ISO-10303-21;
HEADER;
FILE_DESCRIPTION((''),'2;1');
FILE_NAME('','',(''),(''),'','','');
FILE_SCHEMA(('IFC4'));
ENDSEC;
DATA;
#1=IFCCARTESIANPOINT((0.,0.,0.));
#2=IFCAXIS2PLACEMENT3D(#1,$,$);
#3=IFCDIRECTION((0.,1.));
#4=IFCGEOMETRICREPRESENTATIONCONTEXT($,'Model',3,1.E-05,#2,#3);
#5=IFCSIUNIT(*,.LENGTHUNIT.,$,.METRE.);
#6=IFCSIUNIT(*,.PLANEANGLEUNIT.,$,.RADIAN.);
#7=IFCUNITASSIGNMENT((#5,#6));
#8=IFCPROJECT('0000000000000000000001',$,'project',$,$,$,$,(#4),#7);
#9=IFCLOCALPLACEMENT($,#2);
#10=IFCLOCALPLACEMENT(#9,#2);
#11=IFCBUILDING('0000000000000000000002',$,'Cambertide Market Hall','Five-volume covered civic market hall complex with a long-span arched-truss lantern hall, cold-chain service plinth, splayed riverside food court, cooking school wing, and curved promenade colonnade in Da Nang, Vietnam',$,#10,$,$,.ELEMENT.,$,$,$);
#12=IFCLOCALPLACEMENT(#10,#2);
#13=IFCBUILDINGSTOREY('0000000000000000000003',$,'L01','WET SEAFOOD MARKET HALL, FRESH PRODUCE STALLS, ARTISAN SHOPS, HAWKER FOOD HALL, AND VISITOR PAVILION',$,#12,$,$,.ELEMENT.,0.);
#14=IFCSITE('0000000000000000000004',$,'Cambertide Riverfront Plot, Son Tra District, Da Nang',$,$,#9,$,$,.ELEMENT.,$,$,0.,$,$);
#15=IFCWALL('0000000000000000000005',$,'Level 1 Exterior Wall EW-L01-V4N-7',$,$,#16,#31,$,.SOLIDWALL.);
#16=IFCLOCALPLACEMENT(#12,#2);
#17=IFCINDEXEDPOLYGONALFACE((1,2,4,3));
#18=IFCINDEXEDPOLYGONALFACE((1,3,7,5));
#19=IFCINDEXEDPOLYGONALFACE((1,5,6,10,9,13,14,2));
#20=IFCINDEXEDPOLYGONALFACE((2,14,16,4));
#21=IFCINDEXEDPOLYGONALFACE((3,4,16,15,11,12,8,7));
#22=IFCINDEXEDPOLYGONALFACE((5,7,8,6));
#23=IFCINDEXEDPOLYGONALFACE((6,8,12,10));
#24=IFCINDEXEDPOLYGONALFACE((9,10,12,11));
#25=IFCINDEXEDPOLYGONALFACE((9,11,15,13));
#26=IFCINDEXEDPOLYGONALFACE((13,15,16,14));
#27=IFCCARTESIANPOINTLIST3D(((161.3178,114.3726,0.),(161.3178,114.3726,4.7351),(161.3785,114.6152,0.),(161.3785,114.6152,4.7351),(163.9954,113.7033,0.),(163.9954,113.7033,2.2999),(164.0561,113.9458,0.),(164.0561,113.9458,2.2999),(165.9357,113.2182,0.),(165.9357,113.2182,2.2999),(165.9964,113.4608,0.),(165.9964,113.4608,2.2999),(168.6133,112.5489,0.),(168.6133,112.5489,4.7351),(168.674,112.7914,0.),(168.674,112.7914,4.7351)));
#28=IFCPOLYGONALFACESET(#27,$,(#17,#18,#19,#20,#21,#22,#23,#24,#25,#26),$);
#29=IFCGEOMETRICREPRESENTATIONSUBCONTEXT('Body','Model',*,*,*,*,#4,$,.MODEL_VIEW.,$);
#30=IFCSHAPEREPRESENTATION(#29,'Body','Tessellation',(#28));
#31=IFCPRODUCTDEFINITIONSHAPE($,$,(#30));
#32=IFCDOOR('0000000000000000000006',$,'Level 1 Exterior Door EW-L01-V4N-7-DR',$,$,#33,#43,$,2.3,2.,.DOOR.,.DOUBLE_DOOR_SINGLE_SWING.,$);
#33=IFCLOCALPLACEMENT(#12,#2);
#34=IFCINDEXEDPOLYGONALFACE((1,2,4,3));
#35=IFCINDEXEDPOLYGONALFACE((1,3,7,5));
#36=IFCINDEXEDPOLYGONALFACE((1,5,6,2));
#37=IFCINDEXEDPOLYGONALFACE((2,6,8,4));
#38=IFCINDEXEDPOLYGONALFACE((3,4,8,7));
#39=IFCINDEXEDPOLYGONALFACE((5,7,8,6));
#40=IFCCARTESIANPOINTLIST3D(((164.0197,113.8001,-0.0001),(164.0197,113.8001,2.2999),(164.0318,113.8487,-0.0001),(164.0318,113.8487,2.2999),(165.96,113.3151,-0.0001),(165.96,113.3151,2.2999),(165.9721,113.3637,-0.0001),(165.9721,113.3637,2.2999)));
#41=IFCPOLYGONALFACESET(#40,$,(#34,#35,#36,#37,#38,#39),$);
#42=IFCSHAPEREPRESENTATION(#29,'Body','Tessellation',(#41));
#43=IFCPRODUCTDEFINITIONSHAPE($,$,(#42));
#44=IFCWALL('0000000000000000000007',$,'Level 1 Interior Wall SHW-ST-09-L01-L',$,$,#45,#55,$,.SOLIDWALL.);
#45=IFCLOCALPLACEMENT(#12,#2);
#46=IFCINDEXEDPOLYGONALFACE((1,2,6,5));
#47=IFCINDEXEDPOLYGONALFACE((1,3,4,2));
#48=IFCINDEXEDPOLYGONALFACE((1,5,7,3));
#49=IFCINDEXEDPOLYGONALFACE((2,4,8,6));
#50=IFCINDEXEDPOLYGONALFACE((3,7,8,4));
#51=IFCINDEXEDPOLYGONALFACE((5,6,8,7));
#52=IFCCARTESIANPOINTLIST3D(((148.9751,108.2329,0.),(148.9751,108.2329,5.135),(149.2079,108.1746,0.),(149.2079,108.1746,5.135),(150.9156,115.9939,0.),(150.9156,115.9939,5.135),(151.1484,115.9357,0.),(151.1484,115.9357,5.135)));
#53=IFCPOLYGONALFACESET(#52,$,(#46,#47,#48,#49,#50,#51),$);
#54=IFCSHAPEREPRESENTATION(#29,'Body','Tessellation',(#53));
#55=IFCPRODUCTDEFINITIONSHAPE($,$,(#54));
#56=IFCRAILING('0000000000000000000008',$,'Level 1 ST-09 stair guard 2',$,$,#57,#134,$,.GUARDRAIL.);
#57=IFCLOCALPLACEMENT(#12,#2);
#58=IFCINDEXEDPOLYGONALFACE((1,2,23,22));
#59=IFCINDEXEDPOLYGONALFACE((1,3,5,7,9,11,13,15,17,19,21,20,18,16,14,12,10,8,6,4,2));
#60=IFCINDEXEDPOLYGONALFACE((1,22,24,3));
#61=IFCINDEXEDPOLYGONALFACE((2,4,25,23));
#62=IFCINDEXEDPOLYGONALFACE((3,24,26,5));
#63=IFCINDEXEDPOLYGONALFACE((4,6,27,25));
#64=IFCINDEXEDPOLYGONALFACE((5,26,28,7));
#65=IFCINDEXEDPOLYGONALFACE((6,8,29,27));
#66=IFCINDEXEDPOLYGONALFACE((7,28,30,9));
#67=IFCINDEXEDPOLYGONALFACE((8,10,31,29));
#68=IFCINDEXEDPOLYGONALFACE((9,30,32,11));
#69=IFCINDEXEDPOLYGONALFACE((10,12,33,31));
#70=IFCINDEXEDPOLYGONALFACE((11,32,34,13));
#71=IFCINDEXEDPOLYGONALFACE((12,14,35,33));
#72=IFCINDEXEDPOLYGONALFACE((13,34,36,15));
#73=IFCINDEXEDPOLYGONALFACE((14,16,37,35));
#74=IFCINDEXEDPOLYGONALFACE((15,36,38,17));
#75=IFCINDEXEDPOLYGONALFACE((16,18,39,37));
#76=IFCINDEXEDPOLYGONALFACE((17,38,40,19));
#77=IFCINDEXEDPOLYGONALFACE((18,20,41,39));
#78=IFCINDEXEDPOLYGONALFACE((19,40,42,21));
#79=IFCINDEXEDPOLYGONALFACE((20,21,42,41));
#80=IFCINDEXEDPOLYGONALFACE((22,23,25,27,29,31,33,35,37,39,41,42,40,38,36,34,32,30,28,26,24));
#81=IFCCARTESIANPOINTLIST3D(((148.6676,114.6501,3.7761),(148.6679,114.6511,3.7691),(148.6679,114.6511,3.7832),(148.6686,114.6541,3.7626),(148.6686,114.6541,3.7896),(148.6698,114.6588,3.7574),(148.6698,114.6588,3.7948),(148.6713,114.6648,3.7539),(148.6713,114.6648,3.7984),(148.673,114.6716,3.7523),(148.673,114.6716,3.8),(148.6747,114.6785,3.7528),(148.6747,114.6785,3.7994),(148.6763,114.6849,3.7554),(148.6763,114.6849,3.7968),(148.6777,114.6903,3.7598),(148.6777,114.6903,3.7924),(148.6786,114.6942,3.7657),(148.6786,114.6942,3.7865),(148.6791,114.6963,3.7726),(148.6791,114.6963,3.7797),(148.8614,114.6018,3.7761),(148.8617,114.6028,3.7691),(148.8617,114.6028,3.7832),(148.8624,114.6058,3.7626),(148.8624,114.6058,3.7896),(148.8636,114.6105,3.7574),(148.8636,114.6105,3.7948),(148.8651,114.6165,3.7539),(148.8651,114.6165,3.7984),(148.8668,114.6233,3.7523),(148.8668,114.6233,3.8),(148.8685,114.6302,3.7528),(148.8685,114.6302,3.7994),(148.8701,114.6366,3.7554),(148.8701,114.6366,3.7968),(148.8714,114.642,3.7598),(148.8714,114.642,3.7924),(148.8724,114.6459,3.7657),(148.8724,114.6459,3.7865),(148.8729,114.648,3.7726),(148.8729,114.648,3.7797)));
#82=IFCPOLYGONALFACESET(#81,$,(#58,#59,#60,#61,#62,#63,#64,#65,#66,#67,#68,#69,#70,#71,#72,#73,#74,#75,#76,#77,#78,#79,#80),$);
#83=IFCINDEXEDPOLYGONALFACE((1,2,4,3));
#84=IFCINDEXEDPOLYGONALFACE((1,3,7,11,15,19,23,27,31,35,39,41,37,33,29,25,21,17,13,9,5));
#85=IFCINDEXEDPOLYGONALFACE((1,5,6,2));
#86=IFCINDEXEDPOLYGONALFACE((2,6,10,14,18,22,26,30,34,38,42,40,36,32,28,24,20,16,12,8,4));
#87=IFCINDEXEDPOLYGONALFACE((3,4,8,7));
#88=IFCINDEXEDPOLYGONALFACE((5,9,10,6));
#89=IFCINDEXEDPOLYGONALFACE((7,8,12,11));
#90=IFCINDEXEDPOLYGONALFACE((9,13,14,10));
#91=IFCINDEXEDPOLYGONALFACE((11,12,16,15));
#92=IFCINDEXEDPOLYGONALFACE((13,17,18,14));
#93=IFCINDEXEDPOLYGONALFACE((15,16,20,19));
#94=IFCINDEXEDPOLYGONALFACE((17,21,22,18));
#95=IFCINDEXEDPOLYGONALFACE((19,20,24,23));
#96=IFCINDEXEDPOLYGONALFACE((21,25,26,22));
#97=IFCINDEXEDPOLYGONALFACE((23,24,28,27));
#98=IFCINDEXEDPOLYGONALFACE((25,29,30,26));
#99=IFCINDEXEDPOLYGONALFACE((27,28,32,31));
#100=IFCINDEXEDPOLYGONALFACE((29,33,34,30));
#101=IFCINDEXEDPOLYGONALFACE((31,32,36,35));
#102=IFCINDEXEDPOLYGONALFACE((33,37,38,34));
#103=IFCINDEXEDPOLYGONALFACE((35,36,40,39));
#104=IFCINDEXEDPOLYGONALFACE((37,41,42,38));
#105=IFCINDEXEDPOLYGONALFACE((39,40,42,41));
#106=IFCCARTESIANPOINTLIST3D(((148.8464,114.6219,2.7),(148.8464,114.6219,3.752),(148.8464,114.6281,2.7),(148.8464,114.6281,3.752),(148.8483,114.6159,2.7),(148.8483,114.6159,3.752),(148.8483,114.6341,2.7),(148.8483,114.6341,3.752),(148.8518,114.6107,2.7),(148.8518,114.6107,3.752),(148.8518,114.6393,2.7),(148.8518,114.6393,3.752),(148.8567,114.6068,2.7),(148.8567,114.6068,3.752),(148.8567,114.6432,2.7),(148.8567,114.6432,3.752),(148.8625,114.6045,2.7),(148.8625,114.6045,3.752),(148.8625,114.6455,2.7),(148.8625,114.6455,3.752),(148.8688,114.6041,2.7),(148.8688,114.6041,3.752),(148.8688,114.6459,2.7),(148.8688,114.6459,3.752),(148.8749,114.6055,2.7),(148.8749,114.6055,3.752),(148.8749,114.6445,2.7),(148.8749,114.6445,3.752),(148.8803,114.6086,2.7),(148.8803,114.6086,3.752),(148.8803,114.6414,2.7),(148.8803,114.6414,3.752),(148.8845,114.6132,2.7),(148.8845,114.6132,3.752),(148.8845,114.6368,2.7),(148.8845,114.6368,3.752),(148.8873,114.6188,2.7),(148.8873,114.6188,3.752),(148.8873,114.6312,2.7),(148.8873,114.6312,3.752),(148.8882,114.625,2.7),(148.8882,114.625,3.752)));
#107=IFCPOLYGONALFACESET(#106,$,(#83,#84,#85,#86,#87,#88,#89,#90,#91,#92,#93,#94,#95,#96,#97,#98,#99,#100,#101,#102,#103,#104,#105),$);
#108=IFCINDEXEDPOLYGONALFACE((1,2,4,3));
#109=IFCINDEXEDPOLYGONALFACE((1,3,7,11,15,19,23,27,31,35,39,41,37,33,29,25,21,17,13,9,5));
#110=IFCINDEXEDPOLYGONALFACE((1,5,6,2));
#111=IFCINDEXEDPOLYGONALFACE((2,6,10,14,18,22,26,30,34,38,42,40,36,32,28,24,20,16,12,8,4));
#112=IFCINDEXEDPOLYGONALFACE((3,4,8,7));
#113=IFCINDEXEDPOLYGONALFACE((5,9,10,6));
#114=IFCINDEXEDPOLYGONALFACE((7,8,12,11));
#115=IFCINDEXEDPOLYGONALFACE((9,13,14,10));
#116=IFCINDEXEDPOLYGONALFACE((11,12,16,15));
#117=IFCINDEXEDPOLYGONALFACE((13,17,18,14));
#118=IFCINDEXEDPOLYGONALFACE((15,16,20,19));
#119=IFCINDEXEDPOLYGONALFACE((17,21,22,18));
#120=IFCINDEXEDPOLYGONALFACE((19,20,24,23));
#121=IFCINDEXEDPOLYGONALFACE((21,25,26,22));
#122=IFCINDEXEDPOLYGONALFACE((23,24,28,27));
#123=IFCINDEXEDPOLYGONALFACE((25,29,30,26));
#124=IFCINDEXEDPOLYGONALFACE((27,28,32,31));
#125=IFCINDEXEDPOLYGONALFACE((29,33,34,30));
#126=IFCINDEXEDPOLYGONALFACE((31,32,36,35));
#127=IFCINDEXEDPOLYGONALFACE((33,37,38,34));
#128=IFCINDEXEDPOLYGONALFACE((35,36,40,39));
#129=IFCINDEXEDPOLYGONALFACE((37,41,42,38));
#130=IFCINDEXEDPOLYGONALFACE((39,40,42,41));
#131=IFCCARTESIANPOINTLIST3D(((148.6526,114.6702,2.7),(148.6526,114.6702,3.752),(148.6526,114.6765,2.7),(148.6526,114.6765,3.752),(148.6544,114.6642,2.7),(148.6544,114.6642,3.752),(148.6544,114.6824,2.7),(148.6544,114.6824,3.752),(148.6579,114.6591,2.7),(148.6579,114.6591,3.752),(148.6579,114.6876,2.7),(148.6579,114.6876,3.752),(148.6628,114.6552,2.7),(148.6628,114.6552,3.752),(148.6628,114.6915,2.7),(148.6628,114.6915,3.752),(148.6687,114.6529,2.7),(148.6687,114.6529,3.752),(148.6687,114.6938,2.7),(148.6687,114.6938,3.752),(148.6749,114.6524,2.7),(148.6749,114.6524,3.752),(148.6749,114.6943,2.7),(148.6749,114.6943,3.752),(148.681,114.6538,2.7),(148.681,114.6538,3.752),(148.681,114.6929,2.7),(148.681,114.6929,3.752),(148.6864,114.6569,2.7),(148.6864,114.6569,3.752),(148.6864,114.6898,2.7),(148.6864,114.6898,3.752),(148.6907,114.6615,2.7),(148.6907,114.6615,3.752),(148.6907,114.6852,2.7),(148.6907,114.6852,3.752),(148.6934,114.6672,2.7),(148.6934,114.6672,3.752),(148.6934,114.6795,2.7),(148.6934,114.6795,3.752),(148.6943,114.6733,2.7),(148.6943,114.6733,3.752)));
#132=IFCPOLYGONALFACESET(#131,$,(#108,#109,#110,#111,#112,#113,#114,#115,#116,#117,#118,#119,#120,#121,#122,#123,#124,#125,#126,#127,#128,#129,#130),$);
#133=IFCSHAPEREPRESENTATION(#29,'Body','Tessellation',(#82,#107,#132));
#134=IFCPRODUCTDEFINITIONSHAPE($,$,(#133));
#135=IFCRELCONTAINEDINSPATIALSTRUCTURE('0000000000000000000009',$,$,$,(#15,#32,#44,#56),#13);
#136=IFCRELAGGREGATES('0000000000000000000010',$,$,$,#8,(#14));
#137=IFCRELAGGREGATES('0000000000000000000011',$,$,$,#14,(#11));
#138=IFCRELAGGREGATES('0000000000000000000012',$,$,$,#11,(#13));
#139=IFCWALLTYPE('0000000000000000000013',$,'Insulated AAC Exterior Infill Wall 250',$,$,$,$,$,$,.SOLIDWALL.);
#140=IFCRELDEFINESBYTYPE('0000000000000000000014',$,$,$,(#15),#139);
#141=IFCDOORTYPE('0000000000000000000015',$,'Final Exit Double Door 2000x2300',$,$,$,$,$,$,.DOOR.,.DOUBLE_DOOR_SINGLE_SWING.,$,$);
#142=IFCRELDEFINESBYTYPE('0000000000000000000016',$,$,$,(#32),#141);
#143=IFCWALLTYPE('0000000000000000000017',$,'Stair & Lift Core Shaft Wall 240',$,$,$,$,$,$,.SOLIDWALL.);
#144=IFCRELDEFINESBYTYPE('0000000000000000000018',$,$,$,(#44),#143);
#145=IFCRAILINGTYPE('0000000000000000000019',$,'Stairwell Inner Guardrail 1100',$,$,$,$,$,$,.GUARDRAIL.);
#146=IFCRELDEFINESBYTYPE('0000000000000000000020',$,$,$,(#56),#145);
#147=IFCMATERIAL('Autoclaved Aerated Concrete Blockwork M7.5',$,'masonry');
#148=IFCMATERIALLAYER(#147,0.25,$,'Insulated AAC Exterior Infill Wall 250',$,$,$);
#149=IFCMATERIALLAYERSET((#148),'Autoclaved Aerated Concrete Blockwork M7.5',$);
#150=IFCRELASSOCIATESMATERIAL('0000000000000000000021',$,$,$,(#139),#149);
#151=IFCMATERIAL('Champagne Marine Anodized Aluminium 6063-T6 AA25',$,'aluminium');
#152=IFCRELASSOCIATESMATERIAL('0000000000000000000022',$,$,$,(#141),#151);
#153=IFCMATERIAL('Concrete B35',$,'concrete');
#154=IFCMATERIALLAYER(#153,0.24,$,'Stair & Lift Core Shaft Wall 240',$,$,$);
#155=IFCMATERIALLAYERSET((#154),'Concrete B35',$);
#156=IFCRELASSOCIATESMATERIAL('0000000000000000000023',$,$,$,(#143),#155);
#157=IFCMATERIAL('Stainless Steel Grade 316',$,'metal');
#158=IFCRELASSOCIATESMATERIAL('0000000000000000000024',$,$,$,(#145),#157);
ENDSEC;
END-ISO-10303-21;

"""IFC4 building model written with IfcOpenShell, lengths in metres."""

from ifc_helpers import new_model, si_unit, direction, frame, frame_2d, origin, origin_2d, place, context, subcontext, project, spatial, rectangle, circle, extrude, material, layer, layer_set, type_object, element, fill, save


model = new_model("IFC4")

# Units and contexts
model_context = context("Model", 3, precision=1e-05, world=origin(), true_north=direction((0.0, 1.0)))
body_context = subcontext(model_context, "Body", "Model", "MODEL_VIEW")
ifc_project = project(units=[si_unit("LENGTHUNIT", "METRE"), si_unit("PLANEANGLEUNIT", "RADIAN")], contexts=[model_context])

# Site, building, storey
site_placement = place(None, origin())
site = spatial("IfcSite", under=ifc_project, at=site_placement, Name="Cambertide Riverfront Plot, Son Tra District, Da Nang", CompositionType="ELEMENT", RefElevation=0.0)
building_placement = place(site_placement, origin())
building = spatial("IfcBuilding", under=site, at=building_placement, Name="Cambertide Market Hall", Description="Five-volume covered civic market hall complex with a long-span arched-truss lantern hall, cold-chain service plinth, splayed riverside food court, cooking school wing, and curved promenade colonnade in Da Nang, Vietnam", CompositionType="ELEMENT")
storey_placement = place(building_placement, origin())
storey = spatial("IfcBuildingStorey", under=building, at=storey_placement, Name="L01", Description="WET SEAFOOD MARKET HALL, FRESH PRODUCE STALLS, ARTISAN SHOPS, HAWKER FOOD HALL, AND VISITOR PAVILION", CompositionType="ELEMENT", Elevation=0.0)

# Wall, opening, door
ifc_material_1 = material(Name="Autoclaved Aerated Concrete Blockwork M7.5", Category="masonry")
ifc_layer_1 = layer(ifc_material_1, 0.25, Name="Insulated AAC Exterior Infill Wall 250")
ifc_layer_set_1 = layer_set([ifc_layer_1], Name="Autoclaved Aerated Concrete Blockwork M7.5")
wall_type_1 = type_object("IfcWallType", Name="Insulated AAC Exterior Infill Wall 250", PredefinedType="SOLIDWALL", material=ifc_layer_set_1)
ifc_material_2 = material(Name="Champagne Marine Anodized Aluminium 6063-T6 AA25", Category="aluminium")
door_type = type_object("IfcDoorType", Name="Final Exit Double Door 2000x2300", OperationType="DOUBLE_DOOR_SINGLE_SWING", PredefinedType="DOOR", material=ifc_material_2)
wall_1_placement = place(storey_placement, frame((161.3481, 114.4939, 0.0), z_axis=(0.0, 0.0, 1.0), x_axis=(0.970146, -0.24252, 0.0)))
wall_1 = element("IfcWall", 1, at=wall_1_placement, inside=storey, type_object=wall_type_1, Name="Level 1 Exterior Wall EW-L01-V4N-7", PredefinedType="SOLIDWALL", context=body_context, shape_type="SweptSolid", body=[
    extrude(rectangle(XDim=7.52, YDim=0.25, at=frame_2d((3.76, 0.0))), origin(), (0.0, 0.0, 1.0), 4.7351),
])
opening_1_placement = place(wall_1_placement, frame((2.76, 0.0, 0.0)))
opening_1 = element("IfcOpeningElement", 2, at=opening_1_placement, cuts=wall_1, PredefinedType="OPENING", context=body_context, shape_type="SweptSolid", body=[
    extrude(rectangle(XDim=2.0, YDim=2.3, at=frame_2d((1.0, 1.1499))), frame((0.0, 0.135, 0.0), z_axis=(0.0, -1.0, 0.0), x_axis=(1.0, 0.0, 0.0)), (0.0, 0.0, 1.0), 0.27),
])
door_1_placement = place(opening_1_placement, origin())
door_1 = element("IfcDoor", 3, at=door_1_placement, inside=storey, type_object=door_type, Name="Level 1 Exterior Door EW-L01-V4N-7-DR", OperationType="DOUBLE_DOOR_SINGLE_SWING", OverallHeight=2.3, OverallWidth=2.0, PredefinedType="DOOR", context=body_context, shape_type="SweptSolid", body=[
    extrude(rectangle(XDim=2.0, YDim=2.3, at=frame_2d((1.0, 1.1499))), frame((0.0, 0.0249, 0.0), z_axis=(0.0, -1.0, 0.0), x_axis=(1.0, 0.0, 0.0)), (0.0, 0.0, 1.0), 0.05),
])
fill(opening_1, door_1)

# Wall
ifc_material_3 = material(Name="Concrete B35", Category="concrete")
ifc_layer_2 = layer(ifc_material_3, 0.24, Name="Stair & Lift Core Shaft Wall 240")
ifc_layer_set_2 = layer_set([ifc_layer_2], Name="Concrete B35")
wall_type_2 = type_object("IfcWallType", Name="Stair & Lift Core Shaft Wall 240", PredefinedType="SOLIDWALL", material=ifc_layer_set_2)
wall_2_placement = place(storey_placement, frame((151.032, 115.9648, 0.0), z_axis=(0.0, 0.0, 1.0), x_axis=(-0.242557, -0.970137, 0.0)))
element("IfcWall", 4, at=wall_2_placement, inside=storey, type_object=wall_type_2, Name="Level 1 Interior Wall SHW-ST-09-L01-L", PredefinedType="SOLIDWALL", context=body_context, shape_type="SweptSolid", body=[
    extrude(rectangle(XDim=8.0, YDim=0.24, at=frame_2d((4.0, 0.0))), origin(), (0.0, 0.0, 1.0), 5.135),
])

# Railing
ifc_material_4 = material(Name="Stainless Steel Grade 316", Category="metal")
railing_type_1 = type_object("IfcRailingType", Name="Stairwell Inner Guardrail 1100", PredefinedType="GUARDRAIL", material=ifc_material_4)
railing_1_placement = place(storey_placement, frame((148.8672, 114.625, 2.7)))
element("IfcRailing", 5, at=railing_1_placement, inside=storey, type_object=railing_type_1, Name="Level 1 ST-09 stair guard 2", PredefinedType="GUARDRAIL", context=body_context, shape_type="SweptSolid", body=[
    extrude(circle(Radius=0.0239, at=origin_2d()), frame((0.0, 0.0, 1.0762), z_axis=(-0.970286, 0.241961, 0.0), x_axis=(-0.241961, -0.970286, 0.0)), (0.0, 0.0, 1.0), 0.1997),
    extrude(circle(Radius=0.021, at=origin_2d()), origin(), (0.0, 0.0, 1.0), 1.052),
    extrude(circle(Radius=0.021, at=origin_2d()), frame((-0.1938, 0.0483, 0.0)), (0.0, 0.0, 1.0), 1.052),
])

save(model, "model.ifc")
